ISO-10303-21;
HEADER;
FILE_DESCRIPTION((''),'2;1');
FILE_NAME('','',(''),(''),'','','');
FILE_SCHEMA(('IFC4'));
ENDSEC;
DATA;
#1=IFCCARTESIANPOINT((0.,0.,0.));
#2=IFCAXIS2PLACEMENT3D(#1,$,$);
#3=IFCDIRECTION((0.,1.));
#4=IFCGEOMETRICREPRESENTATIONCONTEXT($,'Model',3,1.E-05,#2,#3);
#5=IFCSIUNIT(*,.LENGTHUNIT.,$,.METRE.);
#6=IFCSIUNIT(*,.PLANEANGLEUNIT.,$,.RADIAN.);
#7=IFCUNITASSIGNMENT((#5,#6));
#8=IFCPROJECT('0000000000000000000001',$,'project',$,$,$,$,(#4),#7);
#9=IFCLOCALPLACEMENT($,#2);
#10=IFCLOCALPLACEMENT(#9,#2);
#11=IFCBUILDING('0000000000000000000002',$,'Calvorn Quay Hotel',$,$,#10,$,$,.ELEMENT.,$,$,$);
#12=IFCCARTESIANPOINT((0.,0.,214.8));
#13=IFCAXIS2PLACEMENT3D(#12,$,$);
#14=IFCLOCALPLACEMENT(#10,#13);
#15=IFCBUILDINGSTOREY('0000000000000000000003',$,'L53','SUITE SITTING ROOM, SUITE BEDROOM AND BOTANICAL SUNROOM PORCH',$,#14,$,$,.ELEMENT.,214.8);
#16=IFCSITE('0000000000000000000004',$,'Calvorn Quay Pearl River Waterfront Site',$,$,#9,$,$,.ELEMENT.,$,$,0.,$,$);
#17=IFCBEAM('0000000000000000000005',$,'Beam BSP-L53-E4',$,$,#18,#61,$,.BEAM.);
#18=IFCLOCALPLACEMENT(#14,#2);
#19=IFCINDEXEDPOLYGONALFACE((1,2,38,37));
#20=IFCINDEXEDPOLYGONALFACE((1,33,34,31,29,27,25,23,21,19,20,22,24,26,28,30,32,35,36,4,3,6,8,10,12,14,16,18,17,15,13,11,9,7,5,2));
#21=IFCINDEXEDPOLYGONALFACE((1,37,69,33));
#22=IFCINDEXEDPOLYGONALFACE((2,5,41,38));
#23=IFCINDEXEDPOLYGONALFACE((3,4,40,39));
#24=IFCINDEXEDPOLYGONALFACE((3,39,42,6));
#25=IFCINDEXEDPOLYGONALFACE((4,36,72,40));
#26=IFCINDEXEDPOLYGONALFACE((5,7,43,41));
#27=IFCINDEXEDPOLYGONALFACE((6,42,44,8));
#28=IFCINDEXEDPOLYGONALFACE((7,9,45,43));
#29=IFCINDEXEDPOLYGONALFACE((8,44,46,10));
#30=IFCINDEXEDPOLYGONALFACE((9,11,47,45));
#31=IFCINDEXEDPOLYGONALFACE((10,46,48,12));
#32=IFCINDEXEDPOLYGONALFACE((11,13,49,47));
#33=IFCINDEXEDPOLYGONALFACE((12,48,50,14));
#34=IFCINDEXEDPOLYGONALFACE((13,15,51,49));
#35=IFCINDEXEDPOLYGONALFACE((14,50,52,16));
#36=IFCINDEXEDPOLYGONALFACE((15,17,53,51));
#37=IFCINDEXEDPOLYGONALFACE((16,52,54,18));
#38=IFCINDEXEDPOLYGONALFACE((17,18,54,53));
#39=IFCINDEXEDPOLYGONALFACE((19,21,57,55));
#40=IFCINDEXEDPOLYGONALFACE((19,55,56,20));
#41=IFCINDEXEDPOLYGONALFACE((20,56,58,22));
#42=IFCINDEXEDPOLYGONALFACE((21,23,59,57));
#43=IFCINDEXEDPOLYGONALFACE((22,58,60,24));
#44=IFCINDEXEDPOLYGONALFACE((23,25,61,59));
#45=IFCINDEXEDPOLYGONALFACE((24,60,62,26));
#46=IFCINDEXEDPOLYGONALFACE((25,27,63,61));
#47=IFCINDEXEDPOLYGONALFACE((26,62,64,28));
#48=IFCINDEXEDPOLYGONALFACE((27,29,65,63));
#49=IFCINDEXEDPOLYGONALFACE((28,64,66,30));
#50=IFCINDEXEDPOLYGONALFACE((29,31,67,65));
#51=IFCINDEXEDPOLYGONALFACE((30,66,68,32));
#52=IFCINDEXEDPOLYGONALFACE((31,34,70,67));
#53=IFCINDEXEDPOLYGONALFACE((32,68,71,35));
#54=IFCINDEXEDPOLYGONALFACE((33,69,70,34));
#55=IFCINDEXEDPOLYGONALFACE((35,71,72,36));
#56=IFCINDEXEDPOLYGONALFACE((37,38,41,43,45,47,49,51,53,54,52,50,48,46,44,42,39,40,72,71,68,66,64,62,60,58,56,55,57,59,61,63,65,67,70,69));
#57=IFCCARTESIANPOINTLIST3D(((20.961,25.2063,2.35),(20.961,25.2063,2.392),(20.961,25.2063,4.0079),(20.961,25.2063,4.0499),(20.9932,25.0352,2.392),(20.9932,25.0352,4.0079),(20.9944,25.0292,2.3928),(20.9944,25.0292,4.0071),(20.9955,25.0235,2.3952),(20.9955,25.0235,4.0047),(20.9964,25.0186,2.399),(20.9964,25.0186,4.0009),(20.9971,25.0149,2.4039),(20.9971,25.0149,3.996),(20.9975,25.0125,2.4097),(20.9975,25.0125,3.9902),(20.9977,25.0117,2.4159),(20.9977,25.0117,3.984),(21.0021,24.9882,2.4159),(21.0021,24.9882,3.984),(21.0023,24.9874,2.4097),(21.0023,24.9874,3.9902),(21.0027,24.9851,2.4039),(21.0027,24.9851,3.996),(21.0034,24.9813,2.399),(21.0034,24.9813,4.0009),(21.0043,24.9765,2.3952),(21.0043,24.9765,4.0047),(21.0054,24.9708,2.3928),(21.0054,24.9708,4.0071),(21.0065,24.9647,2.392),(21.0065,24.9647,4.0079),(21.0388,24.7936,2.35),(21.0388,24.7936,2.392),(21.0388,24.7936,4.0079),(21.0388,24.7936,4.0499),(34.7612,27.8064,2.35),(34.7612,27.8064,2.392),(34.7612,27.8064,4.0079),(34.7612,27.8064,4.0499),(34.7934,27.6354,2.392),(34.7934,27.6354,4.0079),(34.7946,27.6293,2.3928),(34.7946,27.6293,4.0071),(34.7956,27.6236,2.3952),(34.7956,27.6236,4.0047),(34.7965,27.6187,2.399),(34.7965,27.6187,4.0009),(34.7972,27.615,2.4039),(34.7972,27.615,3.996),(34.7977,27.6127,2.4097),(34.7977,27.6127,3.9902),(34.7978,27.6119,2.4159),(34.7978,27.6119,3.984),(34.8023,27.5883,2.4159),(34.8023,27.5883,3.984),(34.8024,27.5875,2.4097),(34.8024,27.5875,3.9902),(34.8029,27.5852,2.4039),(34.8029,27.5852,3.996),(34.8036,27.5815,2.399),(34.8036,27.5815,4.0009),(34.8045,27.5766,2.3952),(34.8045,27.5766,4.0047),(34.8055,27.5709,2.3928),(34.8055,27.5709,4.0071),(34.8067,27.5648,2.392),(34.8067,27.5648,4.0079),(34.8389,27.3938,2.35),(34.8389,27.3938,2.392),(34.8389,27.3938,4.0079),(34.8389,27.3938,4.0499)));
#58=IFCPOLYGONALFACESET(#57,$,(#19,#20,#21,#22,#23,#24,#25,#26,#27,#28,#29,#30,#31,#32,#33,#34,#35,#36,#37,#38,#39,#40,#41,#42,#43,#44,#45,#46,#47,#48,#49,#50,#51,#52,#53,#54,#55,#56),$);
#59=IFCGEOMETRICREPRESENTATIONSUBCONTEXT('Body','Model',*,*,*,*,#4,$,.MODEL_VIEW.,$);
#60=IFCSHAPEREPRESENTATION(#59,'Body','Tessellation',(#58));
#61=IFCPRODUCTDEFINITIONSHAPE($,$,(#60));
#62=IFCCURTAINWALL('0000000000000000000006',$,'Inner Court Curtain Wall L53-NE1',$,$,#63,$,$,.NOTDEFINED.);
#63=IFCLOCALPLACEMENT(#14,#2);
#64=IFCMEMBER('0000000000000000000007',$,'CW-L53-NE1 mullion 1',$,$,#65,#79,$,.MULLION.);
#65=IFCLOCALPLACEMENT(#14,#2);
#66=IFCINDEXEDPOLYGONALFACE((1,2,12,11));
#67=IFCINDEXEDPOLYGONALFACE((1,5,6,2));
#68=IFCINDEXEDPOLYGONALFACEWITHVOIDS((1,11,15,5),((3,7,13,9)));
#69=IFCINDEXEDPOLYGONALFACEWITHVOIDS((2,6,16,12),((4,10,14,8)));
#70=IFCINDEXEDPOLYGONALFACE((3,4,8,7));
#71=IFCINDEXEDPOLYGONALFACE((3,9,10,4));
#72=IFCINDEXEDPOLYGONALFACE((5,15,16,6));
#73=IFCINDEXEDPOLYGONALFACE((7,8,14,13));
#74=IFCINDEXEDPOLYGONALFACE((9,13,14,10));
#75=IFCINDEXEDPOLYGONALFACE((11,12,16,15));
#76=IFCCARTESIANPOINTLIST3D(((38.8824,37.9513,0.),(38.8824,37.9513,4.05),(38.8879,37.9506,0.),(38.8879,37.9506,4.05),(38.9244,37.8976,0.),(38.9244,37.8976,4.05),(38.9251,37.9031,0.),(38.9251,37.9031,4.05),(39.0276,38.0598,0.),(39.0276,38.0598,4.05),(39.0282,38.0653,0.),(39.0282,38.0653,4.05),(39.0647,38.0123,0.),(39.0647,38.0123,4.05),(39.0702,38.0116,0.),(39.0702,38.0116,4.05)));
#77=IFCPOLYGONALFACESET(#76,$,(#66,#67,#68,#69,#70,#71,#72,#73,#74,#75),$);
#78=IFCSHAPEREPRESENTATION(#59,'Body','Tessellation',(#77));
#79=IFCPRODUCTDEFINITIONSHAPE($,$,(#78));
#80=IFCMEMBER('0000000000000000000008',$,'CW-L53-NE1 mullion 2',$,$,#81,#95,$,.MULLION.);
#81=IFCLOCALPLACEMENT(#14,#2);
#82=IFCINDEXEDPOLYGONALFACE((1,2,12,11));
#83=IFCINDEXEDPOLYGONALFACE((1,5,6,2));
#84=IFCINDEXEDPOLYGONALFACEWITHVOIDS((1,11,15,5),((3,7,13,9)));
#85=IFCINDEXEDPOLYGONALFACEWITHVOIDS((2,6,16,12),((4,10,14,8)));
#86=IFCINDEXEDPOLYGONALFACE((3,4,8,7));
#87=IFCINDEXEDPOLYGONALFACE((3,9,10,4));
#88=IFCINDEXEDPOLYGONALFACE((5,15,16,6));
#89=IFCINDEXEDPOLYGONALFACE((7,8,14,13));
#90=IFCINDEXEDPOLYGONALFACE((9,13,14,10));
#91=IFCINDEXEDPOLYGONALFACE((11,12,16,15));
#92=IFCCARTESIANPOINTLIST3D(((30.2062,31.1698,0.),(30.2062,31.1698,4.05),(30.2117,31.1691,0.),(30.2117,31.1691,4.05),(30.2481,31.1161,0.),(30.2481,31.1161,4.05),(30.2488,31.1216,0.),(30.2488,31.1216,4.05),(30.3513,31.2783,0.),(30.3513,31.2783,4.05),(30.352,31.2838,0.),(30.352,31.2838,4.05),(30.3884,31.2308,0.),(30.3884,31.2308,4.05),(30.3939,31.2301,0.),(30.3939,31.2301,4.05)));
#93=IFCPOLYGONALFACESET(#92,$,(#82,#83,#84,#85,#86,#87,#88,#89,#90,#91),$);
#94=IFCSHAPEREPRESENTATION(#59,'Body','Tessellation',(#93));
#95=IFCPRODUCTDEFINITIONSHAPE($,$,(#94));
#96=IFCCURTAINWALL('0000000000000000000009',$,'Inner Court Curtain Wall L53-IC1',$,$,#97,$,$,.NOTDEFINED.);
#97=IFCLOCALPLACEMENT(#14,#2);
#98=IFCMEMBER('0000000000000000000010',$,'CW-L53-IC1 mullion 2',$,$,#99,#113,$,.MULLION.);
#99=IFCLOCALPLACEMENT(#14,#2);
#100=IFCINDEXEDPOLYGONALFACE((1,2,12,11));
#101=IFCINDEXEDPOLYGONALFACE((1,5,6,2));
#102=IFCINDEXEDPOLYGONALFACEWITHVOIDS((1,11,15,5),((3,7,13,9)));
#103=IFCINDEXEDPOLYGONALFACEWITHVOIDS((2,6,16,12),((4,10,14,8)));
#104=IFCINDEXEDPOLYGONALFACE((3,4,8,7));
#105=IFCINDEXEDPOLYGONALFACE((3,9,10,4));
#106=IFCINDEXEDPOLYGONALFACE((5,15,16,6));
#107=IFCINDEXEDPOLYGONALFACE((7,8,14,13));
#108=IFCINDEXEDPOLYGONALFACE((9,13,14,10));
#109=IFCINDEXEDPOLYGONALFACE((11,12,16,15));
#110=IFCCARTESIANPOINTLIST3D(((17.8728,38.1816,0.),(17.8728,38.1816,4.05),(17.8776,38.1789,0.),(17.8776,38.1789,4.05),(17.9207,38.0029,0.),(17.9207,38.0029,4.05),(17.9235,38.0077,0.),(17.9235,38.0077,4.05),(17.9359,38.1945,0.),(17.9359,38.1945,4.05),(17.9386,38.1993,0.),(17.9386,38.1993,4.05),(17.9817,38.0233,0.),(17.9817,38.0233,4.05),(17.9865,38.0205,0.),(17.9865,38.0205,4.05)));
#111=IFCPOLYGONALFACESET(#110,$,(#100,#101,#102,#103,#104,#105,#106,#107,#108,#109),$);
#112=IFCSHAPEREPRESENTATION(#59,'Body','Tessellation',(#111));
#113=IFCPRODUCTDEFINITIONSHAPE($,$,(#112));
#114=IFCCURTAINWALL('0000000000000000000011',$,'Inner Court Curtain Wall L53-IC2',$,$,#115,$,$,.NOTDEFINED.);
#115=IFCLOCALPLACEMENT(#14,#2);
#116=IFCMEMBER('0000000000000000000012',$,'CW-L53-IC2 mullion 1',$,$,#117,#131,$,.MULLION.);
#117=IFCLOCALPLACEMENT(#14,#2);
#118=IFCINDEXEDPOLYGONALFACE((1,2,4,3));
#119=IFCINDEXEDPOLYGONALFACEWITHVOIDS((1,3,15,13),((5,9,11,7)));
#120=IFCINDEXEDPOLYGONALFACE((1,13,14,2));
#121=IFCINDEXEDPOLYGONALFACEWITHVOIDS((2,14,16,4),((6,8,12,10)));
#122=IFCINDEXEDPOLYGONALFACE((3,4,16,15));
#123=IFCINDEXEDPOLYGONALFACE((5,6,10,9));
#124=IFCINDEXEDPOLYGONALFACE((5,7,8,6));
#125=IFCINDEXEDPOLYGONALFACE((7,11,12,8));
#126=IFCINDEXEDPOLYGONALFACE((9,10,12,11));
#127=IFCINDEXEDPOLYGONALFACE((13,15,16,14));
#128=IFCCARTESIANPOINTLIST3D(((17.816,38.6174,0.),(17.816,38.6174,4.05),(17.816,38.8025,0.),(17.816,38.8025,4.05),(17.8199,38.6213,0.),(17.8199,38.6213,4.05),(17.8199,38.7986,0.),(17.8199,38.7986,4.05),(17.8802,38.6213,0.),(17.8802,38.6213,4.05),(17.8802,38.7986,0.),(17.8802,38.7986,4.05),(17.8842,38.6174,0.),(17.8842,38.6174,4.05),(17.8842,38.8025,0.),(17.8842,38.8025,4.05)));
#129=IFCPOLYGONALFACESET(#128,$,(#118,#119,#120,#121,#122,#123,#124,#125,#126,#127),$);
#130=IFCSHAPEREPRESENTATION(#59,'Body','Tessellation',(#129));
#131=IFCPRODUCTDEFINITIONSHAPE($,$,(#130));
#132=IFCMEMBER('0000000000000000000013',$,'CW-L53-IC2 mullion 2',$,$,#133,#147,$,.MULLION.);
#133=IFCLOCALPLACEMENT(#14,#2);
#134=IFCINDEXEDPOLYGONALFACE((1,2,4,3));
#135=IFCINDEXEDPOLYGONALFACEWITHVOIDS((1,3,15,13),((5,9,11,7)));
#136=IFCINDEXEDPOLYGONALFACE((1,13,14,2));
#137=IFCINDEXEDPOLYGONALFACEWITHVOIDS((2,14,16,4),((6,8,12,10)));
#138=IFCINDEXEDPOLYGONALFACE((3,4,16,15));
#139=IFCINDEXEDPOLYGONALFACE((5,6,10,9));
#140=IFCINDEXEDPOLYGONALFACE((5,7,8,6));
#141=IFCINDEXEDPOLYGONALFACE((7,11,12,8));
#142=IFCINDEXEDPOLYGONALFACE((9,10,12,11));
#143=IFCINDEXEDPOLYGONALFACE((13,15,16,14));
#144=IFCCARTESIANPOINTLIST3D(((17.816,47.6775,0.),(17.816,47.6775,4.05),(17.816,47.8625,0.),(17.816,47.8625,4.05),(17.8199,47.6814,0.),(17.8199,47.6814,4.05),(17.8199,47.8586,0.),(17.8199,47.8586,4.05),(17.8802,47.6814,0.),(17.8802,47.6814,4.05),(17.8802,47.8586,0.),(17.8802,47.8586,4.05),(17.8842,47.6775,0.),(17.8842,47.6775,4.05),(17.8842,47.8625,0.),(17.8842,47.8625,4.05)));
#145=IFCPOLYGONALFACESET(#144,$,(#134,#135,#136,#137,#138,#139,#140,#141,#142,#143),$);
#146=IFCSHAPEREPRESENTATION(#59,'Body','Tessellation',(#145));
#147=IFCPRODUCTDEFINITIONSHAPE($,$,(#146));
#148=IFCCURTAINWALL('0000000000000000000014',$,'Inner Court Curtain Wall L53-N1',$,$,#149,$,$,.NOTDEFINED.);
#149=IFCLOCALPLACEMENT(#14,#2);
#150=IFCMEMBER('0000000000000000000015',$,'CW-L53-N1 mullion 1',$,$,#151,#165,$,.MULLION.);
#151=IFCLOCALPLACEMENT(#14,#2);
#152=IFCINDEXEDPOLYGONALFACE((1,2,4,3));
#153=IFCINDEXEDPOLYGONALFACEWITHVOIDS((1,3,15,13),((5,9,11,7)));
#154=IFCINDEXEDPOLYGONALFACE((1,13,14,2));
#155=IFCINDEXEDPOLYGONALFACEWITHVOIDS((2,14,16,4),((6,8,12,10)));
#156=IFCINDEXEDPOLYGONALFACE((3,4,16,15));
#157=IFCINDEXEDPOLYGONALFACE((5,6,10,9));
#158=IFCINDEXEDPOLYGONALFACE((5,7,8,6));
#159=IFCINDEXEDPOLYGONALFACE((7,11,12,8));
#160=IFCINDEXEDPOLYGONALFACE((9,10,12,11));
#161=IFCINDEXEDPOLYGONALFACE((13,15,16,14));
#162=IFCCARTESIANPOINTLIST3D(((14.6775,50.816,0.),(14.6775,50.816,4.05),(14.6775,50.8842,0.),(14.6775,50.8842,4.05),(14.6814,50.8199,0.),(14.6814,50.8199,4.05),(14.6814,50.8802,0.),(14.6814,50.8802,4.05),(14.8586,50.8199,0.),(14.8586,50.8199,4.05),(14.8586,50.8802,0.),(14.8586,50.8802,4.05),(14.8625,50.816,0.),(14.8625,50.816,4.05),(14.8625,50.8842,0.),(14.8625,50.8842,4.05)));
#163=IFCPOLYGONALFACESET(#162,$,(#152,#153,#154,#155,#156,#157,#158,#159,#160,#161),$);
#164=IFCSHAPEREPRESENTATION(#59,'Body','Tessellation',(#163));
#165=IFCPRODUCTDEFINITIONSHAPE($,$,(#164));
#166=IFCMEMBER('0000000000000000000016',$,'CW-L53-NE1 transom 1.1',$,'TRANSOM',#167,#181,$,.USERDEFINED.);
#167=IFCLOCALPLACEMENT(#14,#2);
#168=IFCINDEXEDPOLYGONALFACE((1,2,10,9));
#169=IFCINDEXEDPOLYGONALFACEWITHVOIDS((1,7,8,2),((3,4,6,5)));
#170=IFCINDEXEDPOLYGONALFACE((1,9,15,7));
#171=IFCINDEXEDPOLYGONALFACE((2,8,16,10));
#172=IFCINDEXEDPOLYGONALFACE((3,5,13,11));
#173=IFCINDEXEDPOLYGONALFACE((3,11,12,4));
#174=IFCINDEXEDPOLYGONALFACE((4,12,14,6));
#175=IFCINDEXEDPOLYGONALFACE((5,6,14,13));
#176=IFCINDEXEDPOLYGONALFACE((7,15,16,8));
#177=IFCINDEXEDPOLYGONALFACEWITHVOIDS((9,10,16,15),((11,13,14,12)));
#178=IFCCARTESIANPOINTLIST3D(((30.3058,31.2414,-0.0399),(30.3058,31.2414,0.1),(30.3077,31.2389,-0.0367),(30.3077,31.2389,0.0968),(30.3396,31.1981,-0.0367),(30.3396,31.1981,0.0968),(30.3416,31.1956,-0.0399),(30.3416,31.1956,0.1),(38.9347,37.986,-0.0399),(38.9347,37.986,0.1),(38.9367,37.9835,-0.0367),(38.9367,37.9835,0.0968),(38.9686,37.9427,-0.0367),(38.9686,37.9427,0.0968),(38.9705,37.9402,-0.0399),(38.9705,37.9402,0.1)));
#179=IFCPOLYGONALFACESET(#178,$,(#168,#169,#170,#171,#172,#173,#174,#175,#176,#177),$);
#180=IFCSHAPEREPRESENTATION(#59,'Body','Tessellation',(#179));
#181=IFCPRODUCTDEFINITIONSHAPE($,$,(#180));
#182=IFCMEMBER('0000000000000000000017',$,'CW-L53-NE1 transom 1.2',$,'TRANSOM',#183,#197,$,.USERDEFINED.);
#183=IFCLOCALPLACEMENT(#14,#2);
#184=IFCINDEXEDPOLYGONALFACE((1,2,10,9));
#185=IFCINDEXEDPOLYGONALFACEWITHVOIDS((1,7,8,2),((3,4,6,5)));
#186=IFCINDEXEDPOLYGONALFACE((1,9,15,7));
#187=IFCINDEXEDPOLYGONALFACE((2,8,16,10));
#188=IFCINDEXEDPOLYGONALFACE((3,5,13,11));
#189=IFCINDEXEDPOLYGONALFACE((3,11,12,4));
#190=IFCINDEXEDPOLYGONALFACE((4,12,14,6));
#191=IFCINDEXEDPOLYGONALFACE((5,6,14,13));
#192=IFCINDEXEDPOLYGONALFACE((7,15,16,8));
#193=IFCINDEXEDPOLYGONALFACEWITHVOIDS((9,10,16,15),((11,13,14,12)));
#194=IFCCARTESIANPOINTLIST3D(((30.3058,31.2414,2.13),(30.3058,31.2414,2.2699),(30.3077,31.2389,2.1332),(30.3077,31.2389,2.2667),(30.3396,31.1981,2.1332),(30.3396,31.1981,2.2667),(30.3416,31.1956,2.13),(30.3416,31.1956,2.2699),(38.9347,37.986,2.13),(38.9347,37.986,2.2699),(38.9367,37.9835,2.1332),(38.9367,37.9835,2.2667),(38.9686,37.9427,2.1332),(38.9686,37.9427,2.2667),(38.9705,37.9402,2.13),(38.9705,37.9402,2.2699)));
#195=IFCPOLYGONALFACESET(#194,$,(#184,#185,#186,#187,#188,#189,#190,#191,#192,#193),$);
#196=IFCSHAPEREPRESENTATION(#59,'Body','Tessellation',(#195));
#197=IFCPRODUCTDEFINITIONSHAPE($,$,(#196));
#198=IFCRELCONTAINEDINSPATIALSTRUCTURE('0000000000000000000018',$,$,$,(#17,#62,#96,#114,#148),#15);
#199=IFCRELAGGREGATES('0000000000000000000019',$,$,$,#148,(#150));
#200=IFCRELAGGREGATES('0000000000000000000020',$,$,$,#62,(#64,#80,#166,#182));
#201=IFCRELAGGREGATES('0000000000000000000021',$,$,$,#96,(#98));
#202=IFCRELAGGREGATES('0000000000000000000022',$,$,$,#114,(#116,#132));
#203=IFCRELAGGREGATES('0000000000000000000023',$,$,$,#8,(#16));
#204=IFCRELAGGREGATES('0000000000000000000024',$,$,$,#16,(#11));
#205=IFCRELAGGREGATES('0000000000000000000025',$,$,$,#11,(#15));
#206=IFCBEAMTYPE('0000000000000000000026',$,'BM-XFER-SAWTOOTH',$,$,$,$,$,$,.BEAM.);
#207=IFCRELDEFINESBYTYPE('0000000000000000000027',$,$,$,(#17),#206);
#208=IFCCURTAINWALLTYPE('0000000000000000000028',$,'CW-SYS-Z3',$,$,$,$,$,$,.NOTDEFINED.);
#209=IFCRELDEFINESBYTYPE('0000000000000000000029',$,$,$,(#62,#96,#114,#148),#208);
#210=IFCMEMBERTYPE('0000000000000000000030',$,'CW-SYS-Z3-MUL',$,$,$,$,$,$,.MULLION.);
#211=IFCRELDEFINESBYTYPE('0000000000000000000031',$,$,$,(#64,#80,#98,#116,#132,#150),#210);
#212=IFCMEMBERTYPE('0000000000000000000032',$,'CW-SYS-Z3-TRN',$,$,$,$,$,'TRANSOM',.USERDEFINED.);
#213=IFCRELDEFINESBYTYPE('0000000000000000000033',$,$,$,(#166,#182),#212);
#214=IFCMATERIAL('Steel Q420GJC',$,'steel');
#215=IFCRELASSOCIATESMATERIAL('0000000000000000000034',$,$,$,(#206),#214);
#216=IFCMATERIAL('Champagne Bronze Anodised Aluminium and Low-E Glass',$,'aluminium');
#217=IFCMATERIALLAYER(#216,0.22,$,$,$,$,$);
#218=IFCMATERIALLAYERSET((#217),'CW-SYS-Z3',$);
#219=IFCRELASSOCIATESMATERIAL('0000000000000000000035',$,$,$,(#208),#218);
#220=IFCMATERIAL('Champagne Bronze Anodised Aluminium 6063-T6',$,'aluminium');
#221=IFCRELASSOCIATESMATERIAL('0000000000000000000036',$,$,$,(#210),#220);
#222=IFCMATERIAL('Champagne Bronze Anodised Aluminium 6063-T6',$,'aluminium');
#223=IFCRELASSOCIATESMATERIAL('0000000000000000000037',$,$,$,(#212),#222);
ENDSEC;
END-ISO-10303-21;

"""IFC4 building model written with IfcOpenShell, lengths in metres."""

from ifc_helpers import new_model, si_unit, direction, frame, origin, origin_2d, place, context, subcontext, project, spatial, hollow_rectangle, i_section, extrude, material, layer, layer_set, material_profile, profile_set, type_object, element, aggregate, save


model = new_model("IFC4")

# Units and contexts
model_context = context("Model", 3, precision=1e-05, world=origin(), true_north=direction((0.0, 1.0)))
body_context = subcontext(model_context, "Body", "Model", "MODEL_VIEW")
ifc_project = project(units=[si_unit("LENGTHUNIT", "METRE"), si_unit("PLANEANGLEUNIT", "RADIAN")], contexts=[model_context])

# Site, building, storey
site_placement = place(None, origin())
site = spatial("IfcSite", under=ifc_project, at=site_placement, Name="Calvorn Quay Pearl River Waterfront Site", CompositionType="ELEMENT", RefElevation=0.0)
building_placement = place(site_placement, origin())
building = spatial("IfcBuilding", under=site, at=building_placement, Name="Calvorn Quay Hotel", CompositionType="ELEMENT")
storey_placement = place(building_placement, frame((0.0, 0.0, 214.8)))
storey = spatial("IfcBuildingStorey", under=building, at=storey_placement, Name="L53", Description="SUITE SITTING ROOM, SUITE BEDROOM AND BOTANICAL SUNROOM PORCH", CompositionType="ELEMENT", Elevation=214.8)

# Beam
ifc_material_1 = material(Name="Steel Q420GJC", Category="steel")
ifc_material_profile_1 = material_profile(ifc_material_1, i_section(OverallWidth=0.4199, OverallDepth=1.7, WebThickness=0.0239, FlangeThickness=0.042, FilletRadius=0.0239, at=origin_2d()), Name="HN1700x420x24x42")
ifc_profile_set_1 = profile_set([ifc_material_profile_1], Name="Steel Q420GJC")
beam_type_1 = type_object("IfcBeamType", Name="BM-XFER-SAWTOOTH", PredefinedType="BEAM", material=ifc_profile_set_1)
beam_1_placement = place(storey_placement, frame((34.8, 27.6001, 3.2), z_axis=(-0.982709, -0.185154, 0.0), x_axis=(0.185154, -0.982709, 0.0)))
element("IfcBeam", 1, at=beam_1_placement, inside=storey, type_object=beam_type_1, Name="Beam BSP-L53-E4", PredefinedType="BEAM", context=body_context, shape_type="SweptSolid", body=[
    extrude(i_section(OverallWidth=0.4199, OverallDepth=1.7, WebThickness=0.0239, FlangeThickness=0.042, FilletRadius=0.0239, at=origin_2d()), origin(), (0.0, 0.0, 1.0), 14.043),
])

# Curtain wall, members
ifc_material_2 = material(Name="Champagne Bronze Anodised Aluminium and Low-E Glass", Category="aluminium")
ifc_layer_1 = layer(ifc_material_2, 0.22)
ifc_layer_set_1 = layer_set([ifc_layer_1], Name="CW-SYS-Z3")
curtain_wall_type = type_object("IfcCurtainWallType", Name="CW-SYS-Z3", PredefinedType="NOTDEFINED", material=ifc_layer_set_1)
curtain_wall_1_placement = place(storey_placement, origin())
curtain_wall_1 = element("IfcCurtainWall", 2, at=curtain_wall_1_placement, inside=storey, type_object=curtain_wall_type, Name="Inner Court Curtain Wall L53-NE1", PredefinedType="NOTDEFINED")
ifc_material_3 = material(Name="Champagne Bronze Anodised Aluminium 6063-T6", Category="aluminium")
ifc_material_profile_2 = material_profile(ifc_material_3, hollow_rectangle(XDim=0.0681, YDim=0.1851, WallThickness=0.0039, at=origin_2d()), Name="ALU-M185x68x4")
ifc_profile_set_2 = profile_set([ifc_material_profile_2], Name="Champagne Bronze Anodised Aluminium 6063-T6")
member_type_1 = type_object("IfcMemberType", Name="CW-SYS-Z3-MUL", PredefinedType="MULLION", material=ifc_profile_set_2)
member_1_placement = place(storey_placement, frame((38.9763, 37.9814, 0.0), z_axis=(0.0, 0.0, 1.0), x_axis=(0.61582, -0.787887, 0.0)))
member_1 = element("IfcMember", 3, at=member_1_placement, type_object=member_type_1, Name="CW-L53-NE1 mullion 1", PredefinedType="MULLION", context=body_context, shape_type="SweptSolid", body=[
    extrude(hollow_rectangle(XDim=0.0681, YDim=0.1851, WallThickness=0.0039, at=origin_2d()), origin(), (0.0, 0.0, 1.0), 4.05),
])
member_2_placement = place(storey_placement, frame((30.3, 31.2, 0.0), z_axis=(0.0, 0.0, 1.0), x_axis=(0.61582, -0.787887, 0.0)))
member_2 = element("IfcMember", 4, at=member_2_placement, type_object=member_type_1, Name="CW-L53-NE1 mullion 2", PredefinedType="MULLION", context=body_context, shape_type="SweptSolid", body=[
    extrude(hollow_rectangle(XDim=0.0681, YDim=0.1851, WallThickness=0.0039, at=origin_2d()), origin(), (0.0, 0.0, 1.0), 4.05),
])

# Curtain wall, member
curtain_wall_2_placement = place(storey_placement, origin())
curtain_wall_2 = element("IfcCurtainWall", 5, at=curtain_wall_2_placement, inside=storey, type_object=curtain_wall_type, Name="Inner Court Curtain Wall L53-IC1", PredefinedType="NOTDEFINED")
member_3_placement = place(storey_placement, frame((17.9297, 38.1011, 0.0), z_axis=(0.0, 0.0, 1.0), x_axis=(-0.965937, -0.258779, 0.0)))
member_3 = element("IfcMember", 6, at=member_3_placement, type_object=member_type_1, Name="CW-L53-IC1 mullion 2", PredefinedType="MULLION", context=body_context, shape_type="SweptSolid", body=[
    extrude(hollow_rectangle(XDim=0.0681, YDim=0.1851, WallThickness=0.0039, at=origin_2d()), origin(), (0.0, 0.0, 1.0), 4.05),
])

# Curtain wall, members
curtain_wall_3_placement = place(storey_placement, origin())
curtain_wall_3 = element("IfcCurtainWall", 7, at=curtain_wall_3_placement, inside=storey, type_object=curtain_wall_type, Name="Inner Court Curtain Wall L53-IC2", PredefinedType="NOTDEFINED")
member_4_placement = place(storey_placement, frame((17.8501, 38.71, 0.0), z_axis=(0.0, 0.0, 1.0), x_axis=(-1.0, 0.0, 0.0)))
member_4 = element("IfcMember", 8, at=member_4_placement, type_object=member_type_1, Name="CW-L53-IC2 mullion 1", PredefinedType="MULLION", context=body_context, shape_type="SweptSolid", body=[
    extrude(hollow_rectangle(XDim=0.0681, YDim=0.1851, WallThickness=0.0039, at=origin_2d()), origin(), (0.0, 0.0, 1.0), 4.05),
])
member_5_placement = place(storey_placement, frame((17.8501, 47.77, 0.0), z_axis=(0.0, 0.0, 1.0), x_axis=(-1.0, 0.0, 0.0)))
member_5 = element("IfcMember", 9, at=member_5_placement, type_object=member_type_1, Name="CW-L53-IC2 mullion 2", PredefinedType="MULLION", context=body_context, shape_type="SweptSolid", body=[
    extrude(hollow_rectangle(XDim=0.0681, YDim=0.1851, WallThickness=0.0039, at=origin_2d()), origin(), (0.0, 0.0, 1.0), 4.05),
])

# Curtain wall, member
curtain_wall_4_placement = place(storey_placement, origin())
curtain_wall_4 = element("IfcCurtainWall", 10, at=curtain_wall_4_placement, inside=storey, type_object=curtain_wall_type, Name="Inner Court Curtain Wall L53-N1", PredefinedType="NOTDEFINED")
member_6_placement = place(storey_placement, frame((14.77, 50.8501, 0.0), z_axis=(0.0, 0.0, 1.0), x_axis=(0.0, -1.0, 0.0)))
member_6 = element("IfcMember", 11, at=member_6_placement, type_object=member_type_1, Name="CW-L53-N1 mullion 1", PredefinedType="MULLION", context=body_context, shape_type="SweptSolid", body=[
    extrude(hollow_rectangle(XDim=0.0681, YDim=0.1851, WallThickness=0.0039, at=origin_2d()), origin(), (0.0, 0.0, 1.0), 4.05),
])
aggregate(curtain_wall_4, [member_6])

# Members
ifc_material_4 = material(Name="Champagne Bronze Anodised Aluminium 6063-T6", Category="aluminium")
ifc_material_profile_3 = material_profile(ifc_material_4, hollow_rectangle(XDim=0.0581, YDim=0.1399, WallThickness=0.0032, at=origin_2d()), Name="ALU-T140x58x3.2")
ifc_profile_set_3 = profile_set([ifc_material_profile_3], Name="Champagne Bronze Anodised Aluminium 6063-T6")
member_type_2 = type_object("IfcMemberType", Name="CW-SYS-Z3-TRN", ElementType="TRANSOM", PredefinedType="USERDEFINED", material=ifc_profile_set_3)
member_7_placement = place(storey_placement, frame((38.9526, 37.9631, 0.03), z_axis=(-0.787878, -0.615831, 0.0), x_axis=(0.615831, -0.787878, 0.0)))
member_7 = element("IfcMember", 12, at=member_7_placement, type_object=member_type_2, Name="CW-L53-NE1 transom 1.1", ObjectType="TRANSOM", PredefinedType="USERDEFINED", context=body_context, shape_type="SweptSolid", body=[
    extrude(hollow_rectangle(XDim=0.0581, YDim=0.1399, WallThickness=0.0032, at=origin_2d()), origin(), (0.0, 0.0, 1.0), 10.9521),
])
member_8_placement = place(storey_placement, frame((38.9526, 37.9631, 2.2), z_axis=(-0.787878, -0.615831, 0.0), x_axis=(0.615831, -0.787878, 0.0)))
member_8 = element("IfcMember", 13, at=member_8_placement, type_object=member_type_2, Name="CW-L53-NE1 transom 1.2", ObjectType="TRANSOM", PredefinedType="USERDEFINED", context=body_context, shape_type="SweptSolid", body=[
    extrude(hollow_rectangle(XDim=0.0581, YDim=0.1399, WallThickness=0.0032, at=origin_2d()), origin(), (0.0, 0.0, 1.0), 10.9521),
])

aggregate(curtain_wall_1, [member_1, member_2, member_7, member_8])
aggregate(curtain_wall_2, [member_3])
aggregate(curtain_wall_3, [member_4, member_5])

save(model, "model.ifc")
